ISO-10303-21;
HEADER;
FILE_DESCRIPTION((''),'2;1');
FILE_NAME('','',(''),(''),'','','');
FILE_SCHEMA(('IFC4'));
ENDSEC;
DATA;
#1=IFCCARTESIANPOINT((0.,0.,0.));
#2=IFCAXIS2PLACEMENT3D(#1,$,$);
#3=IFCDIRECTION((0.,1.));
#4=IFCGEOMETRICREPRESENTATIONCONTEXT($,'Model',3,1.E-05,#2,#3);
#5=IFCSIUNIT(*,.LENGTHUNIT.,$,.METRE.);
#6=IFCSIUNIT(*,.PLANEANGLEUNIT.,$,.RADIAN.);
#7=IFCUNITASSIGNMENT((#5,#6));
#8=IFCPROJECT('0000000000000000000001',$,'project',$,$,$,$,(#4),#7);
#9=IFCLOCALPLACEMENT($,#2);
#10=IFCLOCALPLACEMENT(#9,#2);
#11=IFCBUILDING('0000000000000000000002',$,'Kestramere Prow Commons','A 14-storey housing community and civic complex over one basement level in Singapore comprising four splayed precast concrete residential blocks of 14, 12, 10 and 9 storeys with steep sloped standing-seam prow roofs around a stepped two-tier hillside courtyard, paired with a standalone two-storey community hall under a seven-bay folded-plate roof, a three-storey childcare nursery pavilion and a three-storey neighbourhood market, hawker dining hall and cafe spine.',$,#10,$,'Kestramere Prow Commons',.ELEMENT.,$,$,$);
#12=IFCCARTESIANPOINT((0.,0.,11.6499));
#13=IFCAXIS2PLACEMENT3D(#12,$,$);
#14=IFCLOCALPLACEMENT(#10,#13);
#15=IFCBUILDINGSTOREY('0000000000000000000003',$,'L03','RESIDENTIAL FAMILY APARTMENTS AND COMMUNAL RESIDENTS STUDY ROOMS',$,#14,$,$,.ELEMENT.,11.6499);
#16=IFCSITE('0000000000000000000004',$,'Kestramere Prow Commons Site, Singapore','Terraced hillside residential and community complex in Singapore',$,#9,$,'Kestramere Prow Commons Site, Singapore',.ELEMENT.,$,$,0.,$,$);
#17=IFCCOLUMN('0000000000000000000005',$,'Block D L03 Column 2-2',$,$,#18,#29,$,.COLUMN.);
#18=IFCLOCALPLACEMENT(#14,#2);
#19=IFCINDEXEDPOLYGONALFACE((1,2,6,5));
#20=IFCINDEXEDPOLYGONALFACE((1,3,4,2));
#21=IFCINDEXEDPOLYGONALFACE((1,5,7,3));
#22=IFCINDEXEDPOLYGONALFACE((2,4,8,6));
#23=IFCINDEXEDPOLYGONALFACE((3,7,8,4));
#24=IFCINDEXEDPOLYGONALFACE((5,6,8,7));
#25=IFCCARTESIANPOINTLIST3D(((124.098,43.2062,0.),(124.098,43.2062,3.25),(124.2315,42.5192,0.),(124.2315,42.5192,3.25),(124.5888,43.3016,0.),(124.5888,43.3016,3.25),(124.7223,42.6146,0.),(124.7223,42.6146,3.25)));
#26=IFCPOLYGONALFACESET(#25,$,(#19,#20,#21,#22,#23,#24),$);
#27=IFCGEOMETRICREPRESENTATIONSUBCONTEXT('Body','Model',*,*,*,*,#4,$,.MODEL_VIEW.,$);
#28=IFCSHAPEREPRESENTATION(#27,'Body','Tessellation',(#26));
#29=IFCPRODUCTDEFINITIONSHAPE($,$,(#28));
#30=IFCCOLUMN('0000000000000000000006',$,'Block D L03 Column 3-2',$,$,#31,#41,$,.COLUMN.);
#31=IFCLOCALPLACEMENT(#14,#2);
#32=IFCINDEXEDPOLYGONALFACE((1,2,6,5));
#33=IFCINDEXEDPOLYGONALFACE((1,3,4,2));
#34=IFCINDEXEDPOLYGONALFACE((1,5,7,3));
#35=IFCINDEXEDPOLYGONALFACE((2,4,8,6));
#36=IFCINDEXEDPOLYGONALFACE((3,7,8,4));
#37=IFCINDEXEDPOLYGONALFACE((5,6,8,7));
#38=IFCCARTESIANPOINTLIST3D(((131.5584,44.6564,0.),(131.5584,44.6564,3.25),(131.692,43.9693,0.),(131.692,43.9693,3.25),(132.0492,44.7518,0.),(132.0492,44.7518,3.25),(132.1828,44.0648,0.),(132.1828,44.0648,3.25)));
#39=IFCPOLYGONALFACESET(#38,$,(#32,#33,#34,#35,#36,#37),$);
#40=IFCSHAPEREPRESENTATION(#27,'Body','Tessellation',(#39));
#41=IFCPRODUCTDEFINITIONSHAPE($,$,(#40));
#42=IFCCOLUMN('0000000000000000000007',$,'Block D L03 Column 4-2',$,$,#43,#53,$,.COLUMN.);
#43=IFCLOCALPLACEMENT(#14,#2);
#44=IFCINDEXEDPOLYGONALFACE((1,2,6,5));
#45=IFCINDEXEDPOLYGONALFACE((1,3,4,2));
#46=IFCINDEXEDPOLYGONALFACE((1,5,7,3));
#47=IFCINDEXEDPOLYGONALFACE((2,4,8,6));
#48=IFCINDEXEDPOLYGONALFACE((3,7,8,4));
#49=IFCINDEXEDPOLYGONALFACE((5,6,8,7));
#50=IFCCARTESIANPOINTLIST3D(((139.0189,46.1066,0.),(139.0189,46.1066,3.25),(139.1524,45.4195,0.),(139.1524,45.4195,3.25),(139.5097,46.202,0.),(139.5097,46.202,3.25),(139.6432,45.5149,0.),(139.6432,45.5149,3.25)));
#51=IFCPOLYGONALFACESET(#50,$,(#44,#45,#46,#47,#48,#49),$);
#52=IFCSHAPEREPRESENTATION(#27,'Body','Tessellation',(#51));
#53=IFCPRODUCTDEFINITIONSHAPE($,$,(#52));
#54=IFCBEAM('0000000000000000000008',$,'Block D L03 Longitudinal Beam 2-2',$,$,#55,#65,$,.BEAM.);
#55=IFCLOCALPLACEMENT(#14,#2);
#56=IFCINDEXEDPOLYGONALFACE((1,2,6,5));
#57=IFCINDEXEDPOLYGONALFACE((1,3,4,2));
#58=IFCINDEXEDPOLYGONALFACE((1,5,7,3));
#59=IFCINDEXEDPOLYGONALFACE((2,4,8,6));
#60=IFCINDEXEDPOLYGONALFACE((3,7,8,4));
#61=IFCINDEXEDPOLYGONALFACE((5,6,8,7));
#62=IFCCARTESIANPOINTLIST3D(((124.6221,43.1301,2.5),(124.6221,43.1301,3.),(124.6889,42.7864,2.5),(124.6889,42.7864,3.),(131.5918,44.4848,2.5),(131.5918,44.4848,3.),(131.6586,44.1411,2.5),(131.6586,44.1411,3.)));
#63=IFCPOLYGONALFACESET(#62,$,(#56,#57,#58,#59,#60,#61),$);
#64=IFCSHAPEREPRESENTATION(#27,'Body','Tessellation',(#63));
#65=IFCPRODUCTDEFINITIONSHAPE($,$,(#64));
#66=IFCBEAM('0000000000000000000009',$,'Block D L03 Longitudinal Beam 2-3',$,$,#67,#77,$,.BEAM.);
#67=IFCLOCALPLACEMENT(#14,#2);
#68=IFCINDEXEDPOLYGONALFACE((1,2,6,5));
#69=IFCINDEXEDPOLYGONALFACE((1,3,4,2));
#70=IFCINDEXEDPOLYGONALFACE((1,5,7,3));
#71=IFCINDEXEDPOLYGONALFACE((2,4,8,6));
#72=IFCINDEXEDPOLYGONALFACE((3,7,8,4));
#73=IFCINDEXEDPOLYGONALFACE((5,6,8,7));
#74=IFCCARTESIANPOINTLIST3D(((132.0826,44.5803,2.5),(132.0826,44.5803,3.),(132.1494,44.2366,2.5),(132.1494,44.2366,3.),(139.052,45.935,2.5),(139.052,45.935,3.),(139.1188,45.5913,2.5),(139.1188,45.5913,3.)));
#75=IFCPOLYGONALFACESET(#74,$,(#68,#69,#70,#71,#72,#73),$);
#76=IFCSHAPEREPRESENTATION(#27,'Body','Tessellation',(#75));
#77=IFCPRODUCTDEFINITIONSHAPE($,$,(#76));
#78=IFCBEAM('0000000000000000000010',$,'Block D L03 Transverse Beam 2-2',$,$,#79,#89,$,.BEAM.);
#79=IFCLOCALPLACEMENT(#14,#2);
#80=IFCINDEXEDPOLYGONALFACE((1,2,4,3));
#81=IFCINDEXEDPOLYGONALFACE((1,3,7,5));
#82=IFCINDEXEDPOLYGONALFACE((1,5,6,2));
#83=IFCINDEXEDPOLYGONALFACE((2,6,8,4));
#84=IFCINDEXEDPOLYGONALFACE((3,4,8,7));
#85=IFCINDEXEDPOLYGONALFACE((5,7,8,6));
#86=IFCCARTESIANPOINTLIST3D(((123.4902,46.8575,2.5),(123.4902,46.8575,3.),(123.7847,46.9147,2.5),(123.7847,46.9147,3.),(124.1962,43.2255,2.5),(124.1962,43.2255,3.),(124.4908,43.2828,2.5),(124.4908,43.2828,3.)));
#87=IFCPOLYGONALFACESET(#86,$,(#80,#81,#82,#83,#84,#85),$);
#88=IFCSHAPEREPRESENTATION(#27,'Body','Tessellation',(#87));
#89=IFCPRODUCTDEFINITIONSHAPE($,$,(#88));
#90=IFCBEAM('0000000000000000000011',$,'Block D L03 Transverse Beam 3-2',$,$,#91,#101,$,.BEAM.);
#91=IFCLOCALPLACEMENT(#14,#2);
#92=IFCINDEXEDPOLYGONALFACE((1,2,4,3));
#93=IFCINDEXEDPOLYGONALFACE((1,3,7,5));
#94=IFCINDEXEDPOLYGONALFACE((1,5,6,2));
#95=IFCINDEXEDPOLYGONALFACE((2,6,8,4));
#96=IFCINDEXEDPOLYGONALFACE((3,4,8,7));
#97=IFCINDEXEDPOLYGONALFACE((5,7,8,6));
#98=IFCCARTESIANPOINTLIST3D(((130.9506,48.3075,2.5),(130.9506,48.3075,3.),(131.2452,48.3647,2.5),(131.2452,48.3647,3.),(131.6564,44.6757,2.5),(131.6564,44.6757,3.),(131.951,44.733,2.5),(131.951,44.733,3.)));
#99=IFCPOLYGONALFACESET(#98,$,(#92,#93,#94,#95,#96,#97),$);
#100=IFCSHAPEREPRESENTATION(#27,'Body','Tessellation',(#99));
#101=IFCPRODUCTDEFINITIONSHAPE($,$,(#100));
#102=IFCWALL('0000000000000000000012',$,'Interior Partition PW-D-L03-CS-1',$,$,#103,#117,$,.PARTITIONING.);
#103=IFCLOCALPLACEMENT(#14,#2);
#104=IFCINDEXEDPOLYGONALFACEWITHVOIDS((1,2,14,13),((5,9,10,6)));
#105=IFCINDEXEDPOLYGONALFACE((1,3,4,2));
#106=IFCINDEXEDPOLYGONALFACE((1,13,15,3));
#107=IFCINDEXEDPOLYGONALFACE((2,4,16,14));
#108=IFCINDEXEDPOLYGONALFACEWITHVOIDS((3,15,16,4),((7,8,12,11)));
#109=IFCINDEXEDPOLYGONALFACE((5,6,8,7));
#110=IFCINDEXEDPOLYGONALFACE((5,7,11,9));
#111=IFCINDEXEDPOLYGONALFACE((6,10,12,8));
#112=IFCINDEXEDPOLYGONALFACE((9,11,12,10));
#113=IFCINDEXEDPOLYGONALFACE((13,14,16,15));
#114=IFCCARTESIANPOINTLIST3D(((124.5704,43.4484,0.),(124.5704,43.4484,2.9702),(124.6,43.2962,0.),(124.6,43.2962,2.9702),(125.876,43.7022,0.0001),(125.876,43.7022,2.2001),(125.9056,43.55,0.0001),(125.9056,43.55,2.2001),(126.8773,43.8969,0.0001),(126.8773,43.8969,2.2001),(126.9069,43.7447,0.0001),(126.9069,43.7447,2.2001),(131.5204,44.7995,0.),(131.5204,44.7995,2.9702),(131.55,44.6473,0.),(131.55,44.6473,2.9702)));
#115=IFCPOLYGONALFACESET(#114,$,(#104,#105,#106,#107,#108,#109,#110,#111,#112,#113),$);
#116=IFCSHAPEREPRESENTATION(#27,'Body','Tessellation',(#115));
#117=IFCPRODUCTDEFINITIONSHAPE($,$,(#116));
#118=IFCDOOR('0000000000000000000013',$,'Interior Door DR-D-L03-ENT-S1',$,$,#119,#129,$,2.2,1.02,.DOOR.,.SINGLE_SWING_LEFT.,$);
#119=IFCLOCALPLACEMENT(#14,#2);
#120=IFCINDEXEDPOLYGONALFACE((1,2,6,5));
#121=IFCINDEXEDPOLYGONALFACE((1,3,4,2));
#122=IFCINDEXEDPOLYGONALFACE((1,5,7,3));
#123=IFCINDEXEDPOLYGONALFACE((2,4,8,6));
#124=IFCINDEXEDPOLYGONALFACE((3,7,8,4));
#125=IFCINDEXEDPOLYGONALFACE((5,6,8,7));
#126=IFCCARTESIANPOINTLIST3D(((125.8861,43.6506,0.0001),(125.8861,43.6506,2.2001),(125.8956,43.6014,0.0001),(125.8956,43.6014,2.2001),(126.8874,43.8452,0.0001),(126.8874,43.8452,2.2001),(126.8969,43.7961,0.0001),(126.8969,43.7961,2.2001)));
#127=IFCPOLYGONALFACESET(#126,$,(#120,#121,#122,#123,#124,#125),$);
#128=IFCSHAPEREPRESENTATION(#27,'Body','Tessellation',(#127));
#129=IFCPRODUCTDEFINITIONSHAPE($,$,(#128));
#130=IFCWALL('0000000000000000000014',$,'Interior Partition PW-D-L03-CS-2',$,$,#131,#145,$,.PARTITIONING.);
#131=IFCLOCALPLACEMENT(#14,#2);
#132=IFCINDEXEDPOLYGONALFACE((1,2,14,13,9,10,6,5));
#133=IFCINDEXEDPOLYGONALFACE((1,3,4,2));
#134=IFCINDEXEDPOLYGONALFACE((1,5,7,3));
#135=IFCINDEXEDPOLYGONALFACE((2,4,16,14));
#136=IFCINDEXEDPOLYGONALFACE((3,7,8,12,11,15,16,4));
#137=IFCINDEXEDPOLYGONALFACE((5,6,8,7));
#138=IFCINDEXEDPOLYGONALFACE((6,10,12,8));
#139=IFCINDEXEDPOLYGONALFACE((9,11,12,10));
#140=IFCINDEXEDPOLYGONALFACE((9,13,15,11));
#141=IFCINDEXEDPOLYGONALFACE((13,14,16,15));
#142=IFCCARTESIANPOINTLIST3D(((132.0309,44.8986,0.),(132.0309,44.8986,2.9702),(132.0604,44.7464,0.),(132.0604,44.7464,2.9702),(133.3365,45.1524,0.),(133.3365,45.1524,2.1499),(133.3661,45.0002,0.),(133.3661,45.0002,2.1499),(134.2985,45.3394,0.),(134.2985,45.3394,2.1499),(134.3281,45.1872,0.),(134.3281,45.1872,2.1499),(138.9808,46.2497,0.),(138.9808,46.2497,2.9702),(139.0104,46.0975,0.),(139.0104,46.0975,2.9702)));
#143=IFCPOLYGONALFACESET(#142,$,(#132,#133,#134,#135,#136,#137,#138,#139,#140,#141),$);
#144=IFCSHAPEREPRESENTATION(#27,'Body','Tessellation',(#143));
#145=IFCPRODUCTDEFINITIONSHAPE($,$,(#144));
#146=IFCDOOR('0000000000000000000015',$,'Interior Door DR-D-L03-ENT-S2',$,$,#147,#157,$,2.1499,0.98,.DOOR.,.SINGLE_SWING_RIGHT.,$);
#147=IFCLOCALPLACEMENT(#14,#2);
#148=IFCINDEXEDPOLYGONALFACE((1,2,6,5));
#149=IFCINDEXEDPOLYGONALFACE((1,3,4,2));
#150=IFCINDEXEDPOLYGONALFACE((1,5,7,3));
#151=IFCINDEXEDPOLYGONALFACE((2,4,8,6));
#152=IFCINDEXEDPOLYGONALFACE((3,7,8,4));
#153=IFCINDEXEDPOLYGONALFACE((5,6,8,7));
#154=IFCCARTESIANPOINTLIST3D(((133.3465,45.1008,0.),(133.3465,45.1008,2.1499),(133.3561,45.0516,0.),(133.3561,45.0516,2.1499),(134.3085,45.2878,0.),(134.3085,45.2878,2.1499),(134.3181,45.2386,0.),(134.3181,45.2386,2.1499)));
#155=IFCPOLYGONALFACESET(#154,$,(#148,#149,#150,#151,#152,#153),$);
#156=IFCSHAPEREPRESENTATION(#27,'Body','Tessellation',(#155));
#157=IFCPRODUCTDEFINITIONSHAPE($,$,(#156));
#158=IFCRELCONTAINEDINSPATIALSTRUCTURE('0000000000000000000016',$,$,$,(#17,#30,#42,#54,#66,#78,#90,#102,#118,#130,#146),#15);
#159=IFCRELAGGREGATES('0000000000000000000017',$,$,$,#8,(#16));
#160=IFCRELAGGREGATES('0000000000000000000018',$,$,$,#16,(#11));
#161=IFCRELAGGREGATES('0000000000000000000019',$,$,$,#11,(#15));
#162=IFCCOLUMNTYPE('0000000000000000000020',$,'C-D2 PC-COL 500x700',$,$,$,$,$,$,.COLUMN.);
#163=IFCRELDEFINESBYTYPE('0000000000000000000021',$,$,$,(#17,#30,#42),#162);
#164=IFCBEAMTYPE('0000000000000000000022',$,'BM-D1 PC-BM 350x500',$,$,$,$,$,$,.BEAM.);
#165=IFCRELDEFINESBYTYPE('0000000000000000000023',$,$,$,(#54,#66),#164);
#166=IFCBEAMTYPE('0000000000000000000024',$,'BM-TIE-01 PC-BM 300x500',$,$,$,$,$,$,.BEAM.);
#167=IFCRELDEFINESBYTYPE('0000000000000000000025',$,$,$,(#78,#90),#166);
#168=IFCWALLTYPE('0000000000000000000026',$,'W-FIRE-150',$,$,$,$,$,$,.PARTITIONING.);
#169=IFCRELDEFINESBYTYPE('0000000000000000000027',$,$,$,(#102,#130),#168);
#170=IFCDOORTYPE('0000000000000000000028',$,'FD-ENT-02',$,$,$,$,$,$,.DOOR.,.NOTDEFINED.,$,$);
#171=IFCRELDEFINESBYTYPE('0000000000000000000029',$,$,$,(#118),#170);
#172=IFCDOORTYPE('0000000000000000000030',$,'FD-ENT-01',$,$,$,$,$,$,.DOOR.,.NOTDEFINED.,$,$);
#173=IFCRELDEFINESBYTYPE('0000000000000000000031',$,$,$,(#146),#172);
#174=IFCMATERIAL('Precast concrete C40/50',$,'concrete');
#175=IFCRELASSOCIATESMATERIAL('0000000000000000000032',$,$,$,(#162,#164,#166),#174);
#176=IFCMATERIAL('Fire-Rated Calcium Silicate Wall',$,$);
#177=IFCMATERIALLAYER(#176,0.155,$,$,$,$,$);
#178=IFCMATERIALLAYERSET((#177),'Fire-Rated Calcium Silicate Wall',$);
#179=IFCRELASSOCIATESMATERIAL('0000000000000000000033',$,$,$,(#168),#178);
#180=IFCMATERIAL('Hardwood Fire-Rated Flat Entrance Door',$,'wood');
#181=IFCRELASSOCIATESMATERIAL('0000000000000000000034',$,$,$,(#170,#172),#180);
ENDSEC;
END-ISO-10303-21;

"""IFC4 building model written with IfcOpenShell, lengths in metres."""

from ifc_helpers import new_model, si_unit, direction, frame, frame_2d, origin, origin_2d, place, context, subcontext, project, spatial, rectangle, extrude, material, layer, layer_set, material_profile, profile_set, type_object, element, fill, save


model = new_model("IFC4")

# Units and contexts
model_context = context("Model", 3, precision=1e-05, world=origin(), true_north=direction((0.0, 1.0)))
body_context = subcontext(model_context, "Body", "Model", "MODEL_VIEW")
ifc_project = project(units=[si_unit("LENGTHUNIT", "METRE"), si_unit("PLANEANGLEUNIT", "RADIAN")], contexts=[model_context])

# Site, building, storey
site_placement = place(None, origin())
site = spatial("IfcSite", under=ifc_project, at=site_placement, Name="Kestramere Prow Commons Site, Singapore", Description="Terraced hillside residential and community complex in Singapore", LongName="Kestramere Prow Commons Site, Singapore", CompositionType="ELEMENT", RefElevation=0.0)
building_placement = place(site_placement, origin())
building = spatial("IfcBuilding", under=site, at=building_placement, Name="Kestramere Prow Commons", Description="A 14-storey housing community and civic complex over one basement level in Singapore comprising four splayed precast concrete residential blocks of 14, 12, 10 and 9 storeys with steep sloped standing-seam prow roofs around a stepped two-tier hillside courtyard, paired with a standalone two-storey community hall under a seven-bay folded-plate roof, a three-storey childcare nursery pavilion and a three-storey neighbourhood market, hawker dining hall and cafe spine.", LongName="Kestramere Prow Commons", CompositionType="ELEMENT")
storey_placement = place(building_placement, frame((0.0, 0.0, 11.6499)))
storey = spatial("IfcBuildingStorey", under=building, at=storey_placement, Name="L03", Description="RESIDENTIAL FAMILY APARTMENTS AND COMMUNAL RESIDENTS STUDY ROOMS", CompositionType="ELEMENT", Elevation=11.6499)

# Columns
ifc_material_1 = material(Name="Precast concrete C40/50", Category="concrete")
ifc_material_profile_1 = material_profile(ifc_material_1, rectangle(XDim=0.5, YDim=0.7, at=origin_2d()), Name="PC-COL 500x700")
ifc_profile_set_1 = profile_set([ifc_material_profile_1], Name="Precast concrete C40/50")
column_type = type_object("IfcColumnType", Name="C-D2 PC-COL 500x700", PredefinedType="COLUMN", material=ifc_profile_set_1)
for number, where, z_axis, x_axis, name in (
    (1, (124.4102, 42.9104, 0.0), (0.0, 0.0, 1.0), (0.981627, 0.190809, 0.0), "Block D L03 Column 2-2"),
    (2, (131.8706, 44.3606, 0.0), (0.0, 0.0, 1.0), (0.981627, 0.190809, 0.0), "Block D L03 Column 3-2"),
    (3, (139.3311, 45.8108, 0.0), (0.0, 0.0, 1.0), (0.981627, 0.190809, 0.0), "Block D L03 Column 4-2"),
):
    element("IfcColumn", number, at=place(storey_placement, frame(where, z_axis=z_axis, x_axis=x_axis)), inside=storey, type_object=column_type, Name=name, PredefinedType="COLUMN", context=body_context, shape_type="SweptSolid", body=[
        extrude(rectangle(XDim=0.5, YDim=0.7, at=origin_2d()), origin(), (0.0, 0.0, 1.0), 3.25),
    ])

# Beams
ifc_material_profile_2 = material_profile(ifc_material_1, rectangle(XDim=0.3501, YDim=0.5, at=origin_2d()), Name="PC-BM 350x500")
ifc_profile_set_2 = profile_set([ifc_material_profile_2], Name="Precast concrete C40/50")
beam_type_1 = type_object("IfcBeamType", Name="BM-D1 PC-BM 350x500", PredefinedType="BEAM", material=ifc_profile_set_2)
beam_1_placement = place(storey_placement, frame((124.6555, 42.9583, 2.75), z_axis=(0.981628, 0.190803, 0.0), x_axis=(-0.190803, 0.981628, 0.0)))
element("IfcBeam", 4, at=beam_1_placement, inside=storey, type_object=beam_type_1, Name="Block D L03 Longitudinal Beam 2-2", PredefinedType="BEAM", context=body_context, shape_type="SweptSolid", body=[
    extrude(rectangle(XDim=0.3501, YDim=0.5, at=origin_2d()), origin(), (0.0, 0.0, 1.0), 7.1001),
])
beam_2_placement = place(storey_placement, frame((132.116, 44.4084, 2.75), z_axis=(0.981627, 0.19081, 0.0), x_axis=(-0.19081, 0.981627, 0.0)))
element("IfcBeam", 5, at=beam_2_placement, inside=storey, type_object=beam_type_1, Name="Block D L03 Longitudinal Beam 2-3", PredefinedType="BEAM", context=body_context, shape_type="SweptSolid", body=[
    extrude(rectangle(XDim=0.3501, YDim=0.5, at=origin_2d()), origin(), (0.0, 0.0, 1.0), 7.0999),
])
ifc_material_profile_3 = material_profile(ifc_material_1, rectangle(XDim=0.3, YDim=0.5, at=origin_2d()), Name="PC-BM 300x500")
ifc_profile_set_3 = profile_set([ifc_material_profile_3], Name="Precast concrete C40/50")
beam_type_2 = type_object("IfcBeamType", Name="BM-TIE-01 PC-BM 300x500", PredefinedType="BEAM", material=ifc_profile_set_3)
beam_3_placement = place(storey_placement, frame((124.3435, 43.2542, 2.75), z_axis=(-0.190834, 0.981622, 0.0), x_axis=(-0.981622, -0.190834, 0.0)))
element("IfcBeam", 6, at=beam_3_placement, inside=storey, type_object=beam_type_2, Name="Block D L03 Transverse Beam 2-2", PredefinedType="BEAM", context=body_context, shape_type="SweptSolid", body=[
    extrude(rectangle(XDim=0.3, YDim=0.5, at=origin_2d()), origin(), (0.0, 0.0, 1.0), 3.7),
])
beam_4_placement = place(storey_placement, frame((131.8037, 44.7043, 2.75), z_axis=(-0.190771, 0.981635, 0.0), x_axis=(-0.981635, -0.190771, 0.0)))
element("IfcBeam", 7, at=beam_4_placement, inside=storey, type_object=beam_type_2, Name="Block D L03 Transverse Beam 3-2", PredefinedType="BEAM", context=body_context, shape_type="SweptSolid", body=[
    extrude(rectangle(XDim=0.3, YDim=0.5, at=origin_2d()), origin(), (0.0, 0.0, 1.0), 3.6997),
])

# Walls, openings, doors
ifc_material_2 = material(Name="Fire-Rated Calcium Silicate Wall")
ifc_layer_1 = layer(ifc_material_2, 0.155)
ifc_layer_set_1 = layer_set([ifc_layer_1], Name="Fire-Rated Calcium Silicate Wall")
wall_type_1 = type_object("IfcWallType", Name="W-FIRE-150", PredefinedType="PARTITIONING", material=ifc_layer_set_1)
wall_1_placement = place(storey_placement, frame((124.5852, 43.3723, 0.0), z_axis=(0.0, 0.0, 1.0), x_axis=(0.981623, 0.190828, 0.0)))
wall_1 = element("IfcWall", 8, at=wall_1_placement, inside=storey, type_object=wall_type_1, Name="Interior Partition PW-D-L03-CS-1", PredefinedType="PARTITIONING", context=body_context, shape_type="SweptSolid", body=[
    extrude(rectangle(XDim=7.0801, YDim=0.155, at=frame_2d((3.54, 0.0))), origin(), (0.0, 0.0, 1.0), 2.9702),
])
opening_1_placement = place(wall_1_placement, frame((1.3301, 0.0, 0.0)))
opening_1 = element("IfcOpeningElement", 9, at=opening_1_placement, cuts=wall_1, PredefinedType="OPENING", context=body_context, shape_type="SweptSolid", body=[
    extrude(rectangle(XDim=1.02, YDim=2.2, at=frame_2d((0.51, 1.1001))), frame((0.0, 0.0925, 0.0), z_axis=(0.0, -1.0, 0.0), x_axis=(1.0, 0.0, 0.0)), (0.0, 0.0, 1.0), 0.1851),
])
ifc_material_3 = material(Name="Hardwood Fire-Rated Flat Entrance Door", Category="wood")
door_type_1 = type_object("IfcDoorType", Name="FD-ENT-02", OperationType="NOTDEFINED", PredefinedType="DOOR", material=ifc_material_3)
door_1_placement = place(opening_1_placement, origin())
door_1 = element("IfcDoor", 10, at=door_1_placement, inside=storey, type_object=door_type_1, Name="Interior Door DR-D-L03-ENT-S1", OperationType="SINGLE_SWING_LEFT", OverallHeight=2.2, OverallWidth=1.02, PredefinedType="DOOR", context=body_context, shape_type="SweptSolid", body=[
    extrude(rectangle(XDim=1.02, YDim=2.2, at=frame_2d((0.51, 1.1001))), frame((0.0, 0.0249, 0.0), z_axis=(0.0, -1.0, 0.0), x_axis=(1.0, 0.0, 0.0)), (0.0, 0.0, 1.0), 0.05),
])
fill(opening_1, door_1)
wall_2_placement = place(storey_placement, frame((132.0457, 44.8225, 0.0), z_axis=(0.0, 0.0, 1.0), x_axis=(0.981623, 0.190828, 0.0)))
wall_2 = element("IfcWall", 11, at=wall_2_placement, inside=storey, type_object=wall_type_1, Name="Interior Partition PW-D-L03-CS-2", PredefinedType="PARTITIONING", context=body_context, shape_type="SweptSolid", body=[
    extrude(rectangle(XDim=7.0801, YDim=0.155, at=frame_2d((3.54, 0.0))), origin(), (0.0, 0.0, 1.0), 2.9702),
])
opening_2_placement = place(wall_2_placement, frame((1.3301, 0.0, 0.0)))
opening_2 = element("IfcOpeningElement", 12, at=opening_2_placement, cuts=wall_2, PredefinedType="OPENING", context=body_context, shape_type="SweptSolid", body=[
    extrude(rectangle(XDim=0.98, YDim=2.1499, at=frame_2d((0.49, 1.075))), frame((0.0, 0.0925, 0.0), z_axis=(0.0, -1.0, 0.0), x_axis=(1.0, 0.0, 0.0)), (0.0, 0.0, 1.0), 0.1851),
])
door_type_2 = type_object("IfcDoorType", Name="FD-ENT-01", OperationType="NOTDEFINED", PredefinedType="DOOR", material=ifc_material_3)
door_2_placement = place(opening_2_placement, origin())
door_2 = element("IfcDoor", 13, at=door_2_placement, inside=storey, type_object=door_type_2, Name="Interior Door DR-D-L03-ENT-S2", OperationType="SINGLE_SWING_RIGHT", OverallHeight=2.1499, OverallWidth=0.98, PredefinedType="DOOR", context=body_context, shape_type="SweptSolid", body=[
    extrude(rectangle(XDim=0.98, YDim=2.1499, at=frame_2d((0.49, 1.075))), frame((0.0, 0.0249, 0.0), z_axis=(0.0, -1.0, 0.0), x_axis=(1.0, 0.0, 0.0)), (0.0, 0.0, 1.0), 0.05),
])
fill(opening_2, door_2)

save(model, "model.ifc")
